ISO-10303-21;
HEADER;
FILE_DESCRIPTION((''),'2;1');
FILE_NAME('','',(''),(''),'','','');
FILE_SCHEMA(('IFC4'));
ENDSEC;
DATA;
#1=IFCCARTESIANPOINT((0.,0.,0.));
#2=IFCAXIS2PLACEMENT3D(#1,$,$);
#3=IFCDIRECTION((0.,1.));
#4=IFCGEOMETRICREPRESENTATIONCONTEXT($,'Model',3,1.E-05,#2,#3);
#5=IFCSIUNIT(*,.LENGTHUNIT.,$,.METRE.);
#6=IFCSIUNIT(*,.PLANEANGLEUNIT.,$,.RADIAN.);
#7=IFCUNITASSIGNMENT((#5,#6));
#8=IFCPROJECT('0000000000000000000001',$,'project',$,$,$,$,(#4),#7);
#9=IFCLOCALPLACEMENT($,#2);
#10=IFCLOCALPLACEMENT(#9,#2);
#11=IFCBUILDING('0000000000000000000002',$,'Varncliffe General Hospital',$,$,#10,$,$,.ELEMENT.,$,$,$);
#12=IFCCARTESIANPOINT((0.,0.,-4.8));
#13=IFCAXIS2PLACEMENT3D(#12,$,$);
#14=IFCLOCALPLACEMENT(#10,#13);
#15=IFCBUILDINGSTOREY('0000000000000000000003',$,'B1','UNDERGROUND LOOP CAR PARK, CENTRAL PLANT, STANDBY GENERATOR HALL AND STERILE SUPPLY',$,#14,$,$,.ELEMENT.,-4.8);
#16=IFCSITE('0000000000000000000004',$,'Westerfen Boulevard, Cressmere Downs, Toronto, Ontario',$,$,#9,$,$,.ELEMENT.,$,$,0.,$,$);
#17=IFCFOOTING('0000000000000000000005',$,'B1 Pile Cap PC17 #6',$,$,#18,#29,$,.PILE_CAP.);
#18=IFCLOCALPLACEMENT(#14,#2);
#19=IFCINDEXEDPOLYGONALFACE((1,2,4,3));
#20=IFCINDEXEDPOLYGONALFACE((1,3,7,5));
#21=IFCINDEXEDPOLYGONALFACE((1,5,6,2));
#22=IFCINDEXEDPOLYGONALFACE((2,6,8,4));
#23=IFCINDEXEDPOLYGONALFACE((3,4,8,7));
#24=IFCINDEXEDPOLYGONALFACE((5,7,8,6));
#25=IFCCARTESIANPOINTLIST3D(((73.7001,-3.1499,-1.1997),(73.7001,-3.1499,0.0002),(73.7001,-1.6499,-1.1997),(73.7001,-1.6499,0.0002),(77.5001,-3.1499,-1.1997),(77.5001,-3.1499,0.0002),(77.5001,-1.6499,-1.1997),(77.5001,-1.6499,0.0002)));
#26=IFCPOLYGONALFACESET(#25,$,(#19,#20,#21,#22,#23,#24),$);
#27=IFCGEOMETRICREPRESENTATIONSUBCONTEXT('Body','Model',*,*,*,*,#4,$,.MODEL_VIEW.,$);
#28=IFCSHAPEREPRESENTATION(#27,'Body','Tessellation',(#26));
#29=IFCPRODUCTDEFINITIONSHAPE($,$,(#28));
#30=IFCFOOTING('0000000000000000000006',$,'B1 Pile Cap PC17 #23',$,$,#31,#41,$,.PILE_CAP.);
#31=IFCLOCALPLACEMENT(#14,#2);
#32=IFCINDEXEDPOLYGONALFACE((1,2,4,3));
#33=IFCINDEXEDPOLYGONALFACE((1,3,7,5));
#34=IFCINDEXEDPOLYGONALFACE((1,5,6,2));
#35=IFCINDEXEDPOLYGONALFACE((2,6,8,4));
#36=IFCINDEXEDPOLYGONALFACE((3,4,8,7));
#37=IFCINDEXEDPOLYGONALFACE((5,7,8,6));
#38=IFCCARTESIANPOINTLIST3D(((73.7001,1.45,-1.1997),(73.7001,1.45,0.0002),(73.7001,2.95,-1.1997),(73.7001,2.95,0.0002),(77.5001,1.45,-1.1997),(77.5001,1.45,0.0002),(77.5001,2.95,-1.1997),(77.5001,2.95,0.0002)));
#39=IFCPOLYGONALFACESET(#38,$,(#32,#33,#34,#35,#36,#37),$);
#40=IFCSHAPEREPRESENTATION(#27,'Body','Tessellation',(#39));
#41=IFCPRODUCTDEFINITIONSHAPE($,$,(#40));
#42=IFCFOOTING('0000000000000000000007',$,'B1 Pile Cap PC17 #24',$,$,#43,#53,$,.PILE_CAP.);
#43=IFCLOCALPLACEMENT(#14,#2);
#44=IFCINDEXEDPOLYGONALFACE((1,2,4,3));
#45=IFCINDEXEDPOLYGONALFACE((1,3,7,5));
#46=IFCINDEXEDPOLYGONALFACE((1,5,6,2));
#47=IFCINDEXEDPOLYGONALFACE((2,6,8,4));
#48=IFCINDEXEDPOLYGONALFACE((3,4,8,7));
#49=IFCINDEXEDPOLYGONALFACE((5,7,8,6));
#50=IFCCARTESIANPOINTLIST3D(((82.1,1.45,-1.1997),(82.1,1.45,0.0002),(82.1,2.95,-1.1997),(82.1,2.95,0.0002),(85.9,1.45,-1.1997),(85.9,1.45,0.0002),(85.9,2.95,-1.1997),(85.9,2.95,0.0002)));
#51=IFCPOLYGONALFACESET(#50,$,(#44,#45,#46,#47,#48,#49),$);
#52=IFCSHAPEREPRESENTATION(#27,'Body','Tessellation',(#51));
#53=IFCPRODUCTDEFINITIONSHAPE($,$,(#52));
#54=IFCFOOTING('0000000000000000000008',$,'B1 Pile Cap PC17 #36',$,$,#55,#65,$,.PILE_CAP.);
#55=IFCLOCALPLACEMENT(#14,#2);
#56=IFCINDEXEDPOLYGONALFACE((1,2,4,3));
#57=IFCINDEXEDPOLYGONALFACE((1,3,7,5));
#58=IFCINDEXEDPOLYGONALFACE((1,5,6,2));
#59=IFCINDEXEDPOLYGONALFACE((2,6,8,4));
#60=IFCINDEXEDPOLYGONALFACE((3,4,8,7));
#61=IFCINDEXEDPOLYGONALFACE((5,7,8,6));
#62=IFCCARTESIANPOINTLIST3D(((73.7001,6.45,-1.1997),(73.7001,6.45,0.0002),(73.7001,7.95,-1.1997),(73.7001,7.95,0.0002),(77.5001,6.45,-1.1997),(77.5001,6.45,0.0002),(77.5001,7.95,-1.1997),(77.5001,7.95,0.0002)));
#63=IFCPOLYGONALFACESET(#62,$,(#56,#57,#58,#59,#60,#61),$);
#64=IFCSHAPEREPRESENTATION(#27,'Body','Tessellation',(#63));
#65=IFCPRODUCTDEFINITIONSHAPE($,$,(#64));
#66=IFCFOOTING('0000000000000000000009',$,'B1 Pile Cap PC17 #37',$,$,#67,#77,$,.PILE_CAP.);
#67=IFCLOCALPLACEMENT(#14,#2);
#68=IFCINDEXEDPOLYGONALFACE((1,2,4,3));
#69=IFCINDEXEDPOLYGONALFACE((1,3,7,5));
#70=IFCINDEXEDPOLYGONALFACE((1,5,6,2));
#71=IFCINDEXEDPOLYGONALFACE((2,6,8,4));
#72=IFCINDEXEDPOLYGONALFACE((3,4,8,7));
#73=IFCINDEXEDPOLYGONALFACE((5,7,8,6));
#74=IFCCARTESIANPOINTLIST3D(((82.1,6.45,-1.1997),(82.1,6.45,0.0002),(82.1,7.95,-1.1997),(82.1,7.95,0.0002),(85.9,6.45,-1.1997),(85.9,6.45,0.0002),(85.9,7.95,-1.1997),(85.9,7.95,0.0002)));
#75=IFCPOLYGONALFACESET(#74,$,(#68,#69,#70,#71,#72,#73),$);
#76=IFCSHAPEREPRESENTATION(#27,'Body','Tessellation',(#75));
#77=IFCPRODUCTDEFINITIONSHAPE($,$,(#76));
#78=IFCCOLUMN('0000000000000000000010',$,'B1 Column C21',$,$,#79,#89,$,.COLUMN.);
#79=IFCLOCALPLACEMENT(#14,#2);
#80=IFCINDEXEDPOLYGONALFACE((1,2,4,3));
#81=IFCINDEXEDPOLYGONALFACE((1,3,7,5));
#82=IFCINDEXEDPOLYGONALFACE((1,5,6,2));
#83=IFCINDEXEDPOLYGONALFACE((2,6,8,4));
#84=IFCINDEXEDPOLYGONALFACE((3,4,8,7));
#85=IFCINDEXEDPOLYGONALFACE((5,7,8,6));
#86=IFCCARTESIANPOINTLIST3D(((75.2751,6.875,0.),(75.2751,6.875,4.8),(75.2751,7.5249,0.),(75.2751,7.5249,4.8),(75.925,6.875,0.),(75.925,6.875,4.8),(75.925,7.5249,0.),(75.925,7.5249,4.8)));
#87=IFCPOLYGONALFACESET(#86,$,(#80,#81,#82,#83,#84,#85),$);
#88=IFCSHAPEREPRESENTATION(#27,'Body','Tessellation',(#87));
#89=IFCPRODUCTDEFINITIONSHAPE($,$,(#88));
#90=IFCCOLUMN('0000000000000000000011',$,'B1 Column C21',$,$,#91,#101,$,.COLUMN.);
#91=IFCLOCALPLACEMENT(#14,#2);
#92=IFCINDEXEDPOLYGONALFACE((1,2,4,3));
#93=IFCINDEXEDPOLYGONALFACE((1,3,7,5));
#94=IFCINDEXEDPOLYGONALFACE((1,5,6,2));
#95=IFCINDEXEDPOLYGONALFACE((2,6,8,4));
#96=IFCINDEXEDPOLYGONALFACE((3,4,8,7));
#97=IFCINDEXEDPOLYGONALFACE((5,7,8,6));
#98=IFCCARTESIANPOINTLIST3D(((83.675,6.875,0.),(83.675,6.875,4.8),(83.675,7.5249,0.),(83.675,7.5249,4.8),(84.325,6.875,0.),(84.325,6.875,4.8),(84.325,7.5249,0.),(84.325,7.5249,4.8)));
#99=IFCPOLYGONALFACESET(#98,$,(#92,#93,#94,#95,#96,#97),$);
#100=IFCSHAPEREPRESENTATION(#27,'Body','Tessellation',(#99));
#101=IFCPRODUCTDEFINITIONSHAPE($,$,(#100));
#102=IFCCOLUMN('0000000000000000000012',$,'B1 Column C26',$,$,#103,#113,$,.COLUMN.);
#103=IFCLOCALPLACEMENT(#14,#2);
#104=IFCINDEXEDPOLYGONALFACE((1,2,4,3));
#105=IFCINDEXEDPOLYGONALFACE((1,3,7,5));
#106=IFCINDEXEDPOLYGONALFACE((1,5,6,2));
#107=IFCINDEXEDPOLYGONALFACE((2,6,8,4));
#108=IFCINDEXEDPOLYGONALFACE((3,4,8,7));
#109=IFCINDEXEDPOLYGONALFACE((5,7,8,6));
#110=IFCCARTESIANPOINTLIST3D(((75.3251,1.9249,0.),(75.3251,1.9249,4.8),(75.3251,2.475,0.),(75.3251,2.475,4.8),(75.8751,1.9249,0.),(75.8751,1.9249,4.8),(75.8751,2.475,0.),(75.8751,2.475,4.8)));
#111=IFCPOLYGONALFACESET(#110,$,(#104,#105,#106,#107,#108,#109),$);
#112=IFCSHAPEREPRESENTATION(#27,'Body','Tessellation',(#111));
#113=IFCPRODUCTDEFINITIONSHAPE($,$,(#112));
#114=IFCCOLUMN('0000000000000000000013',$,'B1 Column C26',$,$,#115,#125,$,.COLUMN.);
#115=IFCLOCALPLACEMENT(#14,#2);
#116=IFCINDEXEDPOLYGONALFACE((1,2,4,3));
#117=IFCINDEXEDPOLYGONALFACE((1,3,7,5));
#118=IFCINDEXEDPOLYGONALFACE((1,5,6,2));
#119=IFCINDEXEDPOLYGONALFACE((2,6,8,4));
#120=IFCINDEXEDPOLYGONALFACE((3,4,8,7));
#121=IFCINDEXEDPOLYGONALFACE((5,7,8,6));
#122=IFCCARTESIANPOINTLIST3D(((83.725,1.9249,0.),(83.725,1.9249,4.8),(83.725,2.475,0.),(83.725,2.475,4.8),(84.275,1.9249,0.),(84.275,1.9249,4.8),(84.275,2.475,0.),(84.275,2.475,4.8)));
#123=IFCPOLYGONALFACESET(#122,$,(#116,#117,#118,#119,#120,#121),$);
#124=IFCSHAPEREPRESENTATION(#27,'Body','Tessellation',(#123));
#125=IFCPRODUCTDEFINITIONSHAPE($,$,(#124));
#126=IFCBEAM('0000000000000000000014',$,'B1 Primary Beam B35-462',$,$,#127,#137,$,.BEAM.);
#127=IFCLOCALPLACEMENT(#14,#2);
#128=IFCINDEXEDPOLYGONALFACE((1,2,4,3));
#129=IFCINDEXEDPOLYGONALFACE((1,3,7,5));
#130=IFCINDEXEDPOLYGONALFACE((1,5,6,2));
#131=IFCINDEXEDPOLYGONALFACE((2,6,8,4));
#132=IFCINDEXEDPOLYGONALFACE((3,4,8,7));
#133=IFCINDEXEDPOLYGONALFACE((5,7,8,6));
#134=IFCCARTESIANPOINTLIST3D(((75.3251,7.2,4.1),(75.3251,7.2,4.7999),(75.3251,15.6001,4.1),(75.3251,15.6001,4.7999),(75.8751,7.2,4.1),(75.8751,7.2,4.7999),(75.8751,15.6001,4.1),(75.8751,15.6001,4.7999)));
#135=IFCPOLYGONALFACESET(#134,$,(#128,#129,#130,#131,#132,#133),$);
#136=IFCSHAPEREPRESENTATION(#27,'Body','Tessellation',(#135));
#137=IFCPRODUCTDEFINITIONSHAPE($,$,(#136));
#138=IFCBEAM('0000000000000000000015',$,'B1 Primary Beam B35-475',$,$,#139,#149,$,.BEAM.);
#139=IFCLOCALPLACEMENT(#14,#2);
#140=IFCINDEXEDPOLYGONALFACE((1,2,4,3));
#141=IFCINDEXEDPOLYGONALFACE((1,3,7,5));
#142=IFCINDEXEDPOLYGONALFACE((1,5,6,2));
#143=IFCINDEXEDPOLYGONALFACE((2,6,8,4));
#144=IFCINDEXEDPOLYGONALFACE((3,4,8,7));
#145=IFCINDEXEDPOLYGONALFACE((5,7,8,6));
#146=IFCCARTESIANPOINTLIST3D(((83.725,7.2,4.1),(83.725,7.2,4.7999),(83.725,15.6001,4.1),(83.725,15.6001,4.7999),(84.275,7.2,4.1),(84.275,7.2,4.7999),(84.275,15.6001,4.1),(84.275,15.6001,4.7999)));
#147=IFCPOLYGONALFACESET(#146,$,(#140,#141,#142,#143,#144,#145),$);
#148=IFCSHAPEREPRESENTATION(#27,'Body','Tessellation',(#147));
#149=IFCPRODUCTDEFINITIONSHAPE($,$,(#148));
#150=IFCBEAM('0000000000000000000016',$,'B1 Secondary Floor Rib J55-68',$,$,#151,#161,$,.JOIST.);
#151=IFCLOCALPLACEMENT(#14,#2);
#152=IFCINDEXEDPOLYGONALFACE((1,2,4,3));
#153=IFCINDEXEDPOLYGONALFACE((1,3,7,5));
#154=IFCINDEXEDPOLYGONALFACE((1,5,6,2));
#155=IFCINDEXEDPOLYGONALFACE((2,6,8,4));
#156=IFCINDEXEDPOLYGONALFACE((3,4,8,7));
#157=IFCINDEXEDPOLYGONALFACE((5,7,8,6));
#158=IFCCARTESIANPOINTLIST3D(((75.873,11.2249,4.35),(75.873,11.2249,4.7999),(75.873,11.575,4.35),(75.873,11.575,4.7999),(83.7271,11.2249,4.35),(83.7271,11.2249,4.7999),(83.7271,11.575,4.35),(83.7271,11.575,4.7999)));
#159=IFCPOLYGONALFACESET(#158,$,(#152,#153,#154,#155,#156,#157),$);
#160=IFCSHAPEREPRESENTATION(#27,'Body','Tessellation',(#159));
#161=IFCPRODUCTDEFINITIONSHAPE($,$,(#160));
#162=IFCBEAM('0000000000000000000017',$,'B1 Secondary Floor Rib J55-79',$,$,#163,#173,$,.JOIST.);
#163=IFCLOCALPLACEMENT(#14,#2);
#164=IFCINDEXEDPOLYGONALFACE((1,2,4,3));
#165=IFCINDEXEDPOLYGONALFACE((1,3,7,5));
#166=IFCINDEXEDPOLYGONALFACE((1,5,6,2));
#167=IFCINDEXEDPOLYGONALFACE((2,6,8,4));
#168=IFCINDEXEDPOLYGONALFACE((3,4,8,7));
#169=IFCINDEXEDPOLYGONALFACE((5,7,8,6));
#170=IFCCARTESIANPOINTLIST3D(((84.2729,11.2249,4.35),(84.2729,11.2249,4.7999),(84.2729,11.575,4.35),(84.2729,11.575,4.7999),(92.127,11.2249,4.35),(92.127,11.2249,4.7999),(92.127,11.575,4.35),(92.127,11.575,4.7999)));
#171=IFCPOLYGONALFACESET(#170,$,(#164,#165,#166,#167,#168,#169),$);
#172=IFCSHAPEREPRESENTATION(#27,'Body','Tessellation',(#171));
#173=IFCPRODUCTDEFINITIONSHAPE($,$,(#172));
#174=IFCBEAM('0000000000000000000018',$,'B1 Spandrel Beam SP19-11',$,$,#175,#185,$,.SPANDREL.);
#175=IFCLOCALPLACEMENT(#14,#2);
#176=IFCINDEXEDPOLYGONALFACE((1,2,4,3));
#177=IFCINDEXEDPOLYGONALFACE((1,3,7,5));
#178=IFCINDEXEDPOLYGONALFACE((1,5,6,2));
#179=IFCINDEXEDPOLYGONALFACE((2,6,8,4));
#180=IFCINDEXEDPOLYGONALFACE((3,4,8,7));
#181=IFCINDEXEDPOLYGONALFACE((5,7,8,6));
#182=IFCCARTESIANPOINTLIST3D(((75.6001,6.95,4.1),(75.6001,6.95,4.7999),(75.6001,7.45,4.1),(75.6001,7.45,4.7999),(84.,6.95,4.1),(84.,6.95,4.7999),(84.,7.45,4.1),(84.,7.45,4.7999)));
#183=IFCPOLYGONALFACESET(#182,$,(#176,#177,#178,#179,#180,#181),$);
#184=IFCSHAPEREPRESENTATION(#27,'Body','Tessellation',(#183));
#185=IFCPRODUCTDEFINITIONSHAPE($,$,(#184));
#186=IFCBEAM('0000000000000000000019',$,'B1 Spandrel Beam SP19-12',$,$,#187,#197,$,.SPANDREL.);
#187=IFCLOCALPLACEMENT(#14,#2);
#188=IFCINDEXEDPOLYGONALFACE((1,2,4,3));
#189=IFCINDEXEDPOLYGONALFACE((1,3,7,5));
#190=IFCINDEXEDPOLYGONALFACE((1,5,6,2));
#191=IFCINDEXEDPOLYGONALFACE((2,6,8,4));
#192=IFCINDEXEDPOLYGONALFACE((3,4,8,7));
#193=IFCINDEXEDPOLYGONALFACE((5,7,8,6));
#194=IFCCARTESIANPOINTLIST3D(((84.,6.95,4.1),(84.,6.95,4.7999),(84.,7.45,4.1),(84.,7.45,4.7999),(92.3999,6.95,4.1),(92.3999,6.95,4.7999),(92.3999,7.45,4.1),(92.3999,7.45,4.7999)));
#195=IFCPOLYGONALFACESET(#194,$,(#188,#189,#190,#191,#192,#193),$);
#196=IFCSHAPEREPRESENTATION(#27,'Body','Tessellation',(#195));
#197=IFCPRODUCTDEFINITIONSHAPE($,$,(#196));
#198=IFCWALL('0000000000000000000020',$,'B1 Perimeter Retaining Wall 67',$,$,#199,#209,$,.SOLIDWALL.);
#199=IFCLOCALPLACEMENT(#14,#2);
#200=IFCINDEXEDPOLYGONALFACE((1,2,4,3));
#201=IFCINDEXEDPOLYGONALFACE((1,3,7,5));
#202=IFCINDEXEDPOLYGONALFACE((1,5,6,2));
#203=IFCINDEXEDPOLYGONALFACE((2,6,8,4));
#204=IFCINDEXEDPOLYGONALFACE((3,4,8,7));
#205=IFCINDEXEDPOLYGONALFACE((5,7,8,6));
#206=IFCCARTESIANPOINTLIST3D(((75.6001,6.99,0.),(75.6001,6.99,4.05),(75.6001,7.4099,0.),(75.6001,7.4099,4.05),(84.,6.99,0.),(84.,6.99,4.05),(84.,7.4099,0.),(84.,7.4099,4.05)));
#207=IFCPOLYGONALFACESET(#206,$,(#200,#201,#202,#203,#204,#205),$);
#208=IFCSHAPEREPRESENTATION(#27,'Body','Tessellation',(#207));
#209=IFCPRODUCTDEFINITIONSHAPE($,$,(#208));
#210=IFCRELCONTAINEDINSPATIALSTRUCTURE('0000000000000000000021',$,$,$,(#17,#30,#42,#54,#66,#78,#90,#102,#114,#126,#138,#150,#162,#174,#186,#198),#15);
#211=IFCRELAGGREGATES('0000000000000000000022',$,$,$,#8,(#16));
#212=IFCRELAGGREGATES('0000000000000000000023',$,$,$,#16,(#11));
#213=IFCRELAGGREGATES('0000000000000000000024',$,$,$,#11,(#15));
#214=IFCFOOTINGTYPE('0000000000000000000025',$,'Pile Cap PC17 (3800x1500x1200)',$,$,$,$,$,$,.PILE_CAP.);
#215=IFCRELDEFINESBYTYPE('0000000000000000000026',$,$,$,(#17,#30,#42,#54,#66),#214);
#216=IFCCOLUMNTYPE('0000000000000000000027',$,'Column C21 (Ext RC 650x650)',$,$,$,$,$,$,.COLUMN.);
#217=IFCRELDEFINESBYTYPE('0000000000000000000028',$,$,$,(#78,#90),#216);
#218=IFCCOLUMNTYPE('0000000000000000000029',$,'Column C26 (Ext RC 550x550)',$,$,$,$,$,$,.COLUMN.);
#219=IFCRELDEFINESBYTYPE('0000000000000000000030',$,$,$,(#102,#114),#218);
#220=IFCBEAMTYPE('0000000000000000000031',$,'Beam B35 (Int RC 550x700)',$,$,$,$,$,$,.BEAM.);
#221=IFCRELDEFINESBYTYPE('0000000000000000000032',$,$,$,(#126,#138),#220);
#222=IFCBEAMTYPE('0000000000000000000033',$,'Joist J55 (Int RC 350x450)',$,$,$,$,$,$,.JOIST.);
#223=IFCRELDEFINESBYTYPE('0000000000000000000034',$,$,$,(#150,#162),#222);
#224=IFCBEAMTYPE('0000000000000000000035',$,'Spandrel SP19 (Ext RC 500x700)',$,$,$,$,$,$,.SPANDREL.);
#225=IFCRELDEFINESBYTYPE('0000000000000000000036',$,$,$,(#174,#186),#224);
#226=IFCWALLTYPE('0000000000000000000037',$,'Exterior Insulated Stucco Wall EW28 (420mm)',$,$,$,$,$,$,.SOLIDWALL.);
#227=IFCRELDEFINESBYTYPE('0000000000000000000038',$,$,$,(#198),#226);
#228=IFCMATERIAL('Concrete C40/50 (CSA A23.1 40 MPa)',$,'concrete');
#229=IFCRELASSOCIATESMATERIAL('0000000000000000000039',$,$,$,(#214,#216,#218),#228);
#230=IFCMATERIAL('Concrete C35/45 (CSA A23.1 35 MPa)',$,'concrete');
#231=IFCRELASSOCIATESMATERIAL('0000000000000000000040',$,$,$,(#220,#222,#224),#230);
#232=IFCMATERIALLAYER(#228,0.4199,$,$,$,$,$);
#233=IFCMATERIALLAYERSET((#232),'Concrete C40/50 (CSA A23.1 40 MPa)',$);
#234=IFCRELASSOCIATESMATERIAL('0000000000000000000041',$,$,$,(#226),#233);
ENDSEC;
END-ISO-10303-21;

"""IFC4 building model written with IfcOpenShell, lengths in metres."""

from ifc_helpers import new_model, si_unit, direction, frame, frame_2d, origin, origin_2d, place, context, subcontext, project, spatial, rectangle, extrude, material, layer, layer_set, material_profile, profile_set, type_object, element, save


model = new_model("IFC4")

# Units and contexts
model_context = context("Model", 3, precision=1e-05, world=origin(), true_north=direction((0.0, 1.0)))
body_context = subcontext(model_context, "Body", "Model", "MODEL_VIEW")
ifc_project = project(units=[si_unit("LENGTHUNIT", "METRE"), si_unit("PLANEANGLEUNIT", "RADIAN")], contexts=[model_context])

# Site, building, storey
site_placement = place(None, origin())
site = spatial("IfcSite", under=ifc_project, at=site_placement, Name="Westerfen Boulevard, Cressmere Downs, Toronto, Ontario", CompositionType="ELEMENT", RefElevation=0.0)
building_placement = place(site_placement, origin())
building = spatial("IfcBuilding", under=site, at=building_placement, Name="Varncliffe General Hospital", CompositionType="ELEMENT")
storey_placement = place(building_placement, frame((0.0, 0.0, -4.8)))
storey = spatial("IfcBuildingStorey", under=building, at=storey_placement, Name="B1", Description="UNDERGROUND LOOP CAR PARK, CENTRAL PLANT, STANDBY GENERATOR HALL AND STERILE SUPPLY", CompositionType="ELEMENT", Elevation=-4.8)

# Shared definitions
ifc_material_1 = material(Name="Concrete C40/50 (CSA A23.1 40 MPa)", Category="concrete")

# Footings
footing_type = type_object("IfcFootingType", Name="Pile Cap PC17 (3800x1500x1200)", PredefinedType="PILE_CAP", material=ifc_material_1)
for number, where, z_axis, x_axis, name in (
    (1, (75.6001, -2.3999, -1.1997), (0.0, 0.0, 1.0), (1.0, 0.0, 0.0), "B1 Pile Cap PC17 #6"),
    (2, (75.6001, 2.2, -1.1997), (0.0, 0.0, 1.0), (1.0, 0.0, 0.0), "B1 Pile Cap PC17 #23"),
    (3, (84.0, 2.2, -1.1997), (0.0, 0.0, 1.0), (1.0, 0.0, 0.0), "B1 Pile Cap PC17 #24"),
    (4, (75.6001, 7.2, -1.1997), (0.0, 0.0, 1.0), (1.0, 0.0, 0.0), "B1 Pile Cap PC17 #36"),
    (5, (84.0, 7.2, -1.1997), (0.0, 0.0, 1.0), (1.0, 0.0, 0.0), "B1 Pile Cap PC17 #37"),
):
    element("IfcFooting", number, at=place(storey_placement, frame(where, z_axis=z_axis, x_axis=x_axis)), inside=storey, type_object=footing_type, Name=name, PredefinedType="PILE_CAP", context=body_context, shape_type="SweptSolid", body=[
        extrude(rectangle(XDim=3.8, YDim=1.5, at=origin_2d()), origin(), (0.0, 0.0, 1.0), 1.2),
    ])

# Columns
ifc_material_profile_1 = material_profile(ifc_material_1, rectangle(XDim=0.6499, YDim=0.6499, at=origin_2d()), Name="RC 650x650")
ifc_profile_set_1 = profile_set([ifc_material_profile_1], Name="Concrete C40/50 (CSA A23.1 40 MPa)")
column_type_1 = type_object("IfcColumnType", Name="Column C21 (Ext RC 650x650)", PredefinedType="COLUMN", material=ifc_profile_set_1)
for number, where, z_axis, x_axis, name in (
    (6, (75.6001, 7.2, 0.0), (0.0, 0.0, 1.0), (1.0, 0.0, 0.0), "B1 Column C21"),
    (7, (84.0, 7.2, 0.0), (0.0, 0.0, 1.0), (1.0, 0.0, 0.0), "B1 Column C21"),
):
    element("IfcColumn", number, at=place(storey_placement, frame(where, z_axis=z_axis, x_axis=x_axis)), inside=storey, type_object=column_type_1, Name=name, PredefinedType="COLUMN", context=body_context, shape_type="SweptSolid", body=[
        extrude(rectangle(XDim=0.6499, YDim=0.6499, at=origin_2d()), origin(), (0.0, 0.0, 1.0), 4.8),
    ])
ifc_material_profile_2 = material_profile(ifc_material_1, rectangle(XDim=0.55, YDim=0.55, at=origin_2d()), Name="RC 550x550")
ifc_profile_set_2 = profile_set([ifc_material_profile_2], Name="Concrete C40/50 (CSA A23.1 40 MPa)")
column_type_2 = type_object("IfcColumnType", Name="Column C26 (Ext RC 550x550)", PredefinedType="COLUMN", material=ifc_profile_set_2)
for number, where, z_axis, x_axis, name in (
    (8, (75.6001, 2.2, 0.0), (0.0, 0.0, 1.0), (1.0, 0.0, 0.0), "B1 Column C26"),
    (9, (84.0, 2.2, 0.0), (0.0, 0.0, 1.0), (1.0, 0.0, 0.0), "B1 Column C26"),
):
    element("IfcColumn", number, at=place(storey_placement, frame(where, z_axis=z_axis, x_axis=x_axis)), inside=storey, type_object=column_type_2, Name=name, PredefinedType="COLUMN", context=body_context, shape_type="SweptSolid", body=[
        extrude(rectangle(XDim=0.55, YDim=0.55, at=origin_2d()), origin(), (0.0, 0.0, 1.0), 4.8),
    ])

# Beams
ifc_material_2 = material(Name="Concrete C35/45 (CSA A23.1 35 MPa)", Category="concrete")
ifc_material_profile_3 = material_profile(ifc_material_2, rectangle(XDim=0.55, YDim=0.7, at=origin_2d()), Name="RC 550x700")
ifc_profile_set_3 = profile_set([ifc_material_profile_3], Name="Concrete C35/45 (CSA A23.1 35 MPa)")
beam_type_1 = type_object("IfcBeamType", Name="Beam B35 (Int RC 550x700)", PredefinedType="BEAM", material=ifc_profile_set_3)
for number, where, z_axis, x_axis, name in (
    (10, (75.6001, 7.2, 4.45), (0.0, 1.0, 0.0), (-1.0, 0.0, 0.0), "B1 Primary Beam B35-462"),
    (11, (84.0, 7.2, 4.45), (0.0, 1.0, 0.0), (-1.0, 0.0, 0.0), "B1 Primary Beam B35-475"),
):
    element("IfcBeam", number, at=place(storey_placement, frame(where, z_axis=z_axis, x_axis=x_axis)), inside=storey, type_object=beam_type_1, Name=name, PredefinedType="BEAM", context=body_context, shape_type="SweptSolid", body=[
        extrude(rectangle(XDim=0.55, YDim=0.7, at=origin_2d()), origin(), (0.0, 0.0, 1.0), 8.4001),
    ])
ifc_material_profile_4 = material_profile(ifc_material_2, rectangle(XDim=0.3501, YDim=0.45, at=origin_2d()), Name="RC 350x450")
ifc_profile_set_4 = profile_set([ifc_material_profile_4], Name="Concrete C35/45 (CSA A23.1 35 MPa)")
beam_type_2 = type_object("IfcBeamType", Name="Joist J55 (Int RC 350x450)", PredefinedType="JOIST", material=ifc_profile_set_4)
for number, where, z_axis, x_axis, name in (
    (12, (75.873, 11.3999, 4.575), (1.0, 0.0, 0.0), (0.0, 1.0, 0.0), "B1 Secondary Floor Rib J55-68"),
    (13, (84.2729, 11.3999, 4.575), (1.0, 0.0, 0.0), (0.0, 1.0, 0.0), "B1 Secondary Floor Rib J55-79"),
):
    element("IfcBeam", number, at=place(storey_placement, frame(where, z_axis=z_axis, x_axis=x_axis)), inside=storey, type_object=beam_type_2, Name=name, PredefinedType="JOIST", context=body_context, shape_type="SweptSolid", body=[
        extrude(rectangle(XDim=0.3501, YDim=0.45, at=origin_2d()), origin(), (0.0, 0.0, 1.0), 7.854),
    ])
ifc_material_profile_5 = material_profile(ifc_material_2, rectangle(XDim=0.5, YDim=0.7, at=origin_2d()), Name="RC 500x700")
ifc_profile_set_5 = profile_set([ifc_material_profile_5], Name="Concrete C35/45 (CSA A23.1 35 MPa)")
beam_type_3 = type_object("IfcBeamType", Name="Spandrel SP19 (Ext RC 500x700)", PredefinedType="SPANDREL", material=ifc_profile_set_5)
for number, where, z_axis, x_axis, name in (
    (14, (75.6001, 7.2, 4.45), (1.0, 0.0, 0.0), (0.0, 1.0, 0.0), "B1 Spandrel Beam SP19-11"),
    (15, (84.0, 7.2, 4.45), (1.0, 0.0, 0.0), (0.0, 1.0, 0.0), "B1 Spandrel Beam SP19-12"),
):
    element("IfcBeam", number, at=place(storey_placement, frame(where, z_axis=z_axis, x_axis=x_axis)), inside=storey, type_object=beam_type_3, Name=name, PredefinedType="SPANDREL", context=body_context, shape_type="SweptSolid", body=[
        extrude(rectangle(XDim=0.5, YDim=0.7, at=origin_2d()), origin(), (0.0, 0.0, 1.0), 8.3999),
    ])

# Wall
ifc_layer = layer(ifc_material_1, 0.4199)
ifc_layer_set = layer_set([ifc_layer], Name="Concrete C40/50 (CSA A23.1 40 MPa)")
wall_type = type_object("IfcWallType", Name="Exterior Insulated Stucco Wall EW28 (420mm)", PredefinedType="SOLIDWALL", material=ifc_layer_set)
wall_1_placement = place(storey_placement, frame((84.0, 7.2, 0.0), z_axis=(0.0, 0.0, 1.0), x_axis=(-1.0, 0.0, 0.0)))
element("IfcWall", 16, at=wall_1_placement, inside=storey, type_object=wall_type, Name="B1 Perimeter Retaining Wall 67", PredefinedType="SOLIDWALL", context=body_context, shape_type="SweptSolid", body=[
    extrude(rectangle(XDim=8.3999, YDim=0.4199, at=frame_2d((4.2, 0.0))), origin(), (0.0, 0.0, 1.0), 4.05),
])

save(model, "model.ifc")
